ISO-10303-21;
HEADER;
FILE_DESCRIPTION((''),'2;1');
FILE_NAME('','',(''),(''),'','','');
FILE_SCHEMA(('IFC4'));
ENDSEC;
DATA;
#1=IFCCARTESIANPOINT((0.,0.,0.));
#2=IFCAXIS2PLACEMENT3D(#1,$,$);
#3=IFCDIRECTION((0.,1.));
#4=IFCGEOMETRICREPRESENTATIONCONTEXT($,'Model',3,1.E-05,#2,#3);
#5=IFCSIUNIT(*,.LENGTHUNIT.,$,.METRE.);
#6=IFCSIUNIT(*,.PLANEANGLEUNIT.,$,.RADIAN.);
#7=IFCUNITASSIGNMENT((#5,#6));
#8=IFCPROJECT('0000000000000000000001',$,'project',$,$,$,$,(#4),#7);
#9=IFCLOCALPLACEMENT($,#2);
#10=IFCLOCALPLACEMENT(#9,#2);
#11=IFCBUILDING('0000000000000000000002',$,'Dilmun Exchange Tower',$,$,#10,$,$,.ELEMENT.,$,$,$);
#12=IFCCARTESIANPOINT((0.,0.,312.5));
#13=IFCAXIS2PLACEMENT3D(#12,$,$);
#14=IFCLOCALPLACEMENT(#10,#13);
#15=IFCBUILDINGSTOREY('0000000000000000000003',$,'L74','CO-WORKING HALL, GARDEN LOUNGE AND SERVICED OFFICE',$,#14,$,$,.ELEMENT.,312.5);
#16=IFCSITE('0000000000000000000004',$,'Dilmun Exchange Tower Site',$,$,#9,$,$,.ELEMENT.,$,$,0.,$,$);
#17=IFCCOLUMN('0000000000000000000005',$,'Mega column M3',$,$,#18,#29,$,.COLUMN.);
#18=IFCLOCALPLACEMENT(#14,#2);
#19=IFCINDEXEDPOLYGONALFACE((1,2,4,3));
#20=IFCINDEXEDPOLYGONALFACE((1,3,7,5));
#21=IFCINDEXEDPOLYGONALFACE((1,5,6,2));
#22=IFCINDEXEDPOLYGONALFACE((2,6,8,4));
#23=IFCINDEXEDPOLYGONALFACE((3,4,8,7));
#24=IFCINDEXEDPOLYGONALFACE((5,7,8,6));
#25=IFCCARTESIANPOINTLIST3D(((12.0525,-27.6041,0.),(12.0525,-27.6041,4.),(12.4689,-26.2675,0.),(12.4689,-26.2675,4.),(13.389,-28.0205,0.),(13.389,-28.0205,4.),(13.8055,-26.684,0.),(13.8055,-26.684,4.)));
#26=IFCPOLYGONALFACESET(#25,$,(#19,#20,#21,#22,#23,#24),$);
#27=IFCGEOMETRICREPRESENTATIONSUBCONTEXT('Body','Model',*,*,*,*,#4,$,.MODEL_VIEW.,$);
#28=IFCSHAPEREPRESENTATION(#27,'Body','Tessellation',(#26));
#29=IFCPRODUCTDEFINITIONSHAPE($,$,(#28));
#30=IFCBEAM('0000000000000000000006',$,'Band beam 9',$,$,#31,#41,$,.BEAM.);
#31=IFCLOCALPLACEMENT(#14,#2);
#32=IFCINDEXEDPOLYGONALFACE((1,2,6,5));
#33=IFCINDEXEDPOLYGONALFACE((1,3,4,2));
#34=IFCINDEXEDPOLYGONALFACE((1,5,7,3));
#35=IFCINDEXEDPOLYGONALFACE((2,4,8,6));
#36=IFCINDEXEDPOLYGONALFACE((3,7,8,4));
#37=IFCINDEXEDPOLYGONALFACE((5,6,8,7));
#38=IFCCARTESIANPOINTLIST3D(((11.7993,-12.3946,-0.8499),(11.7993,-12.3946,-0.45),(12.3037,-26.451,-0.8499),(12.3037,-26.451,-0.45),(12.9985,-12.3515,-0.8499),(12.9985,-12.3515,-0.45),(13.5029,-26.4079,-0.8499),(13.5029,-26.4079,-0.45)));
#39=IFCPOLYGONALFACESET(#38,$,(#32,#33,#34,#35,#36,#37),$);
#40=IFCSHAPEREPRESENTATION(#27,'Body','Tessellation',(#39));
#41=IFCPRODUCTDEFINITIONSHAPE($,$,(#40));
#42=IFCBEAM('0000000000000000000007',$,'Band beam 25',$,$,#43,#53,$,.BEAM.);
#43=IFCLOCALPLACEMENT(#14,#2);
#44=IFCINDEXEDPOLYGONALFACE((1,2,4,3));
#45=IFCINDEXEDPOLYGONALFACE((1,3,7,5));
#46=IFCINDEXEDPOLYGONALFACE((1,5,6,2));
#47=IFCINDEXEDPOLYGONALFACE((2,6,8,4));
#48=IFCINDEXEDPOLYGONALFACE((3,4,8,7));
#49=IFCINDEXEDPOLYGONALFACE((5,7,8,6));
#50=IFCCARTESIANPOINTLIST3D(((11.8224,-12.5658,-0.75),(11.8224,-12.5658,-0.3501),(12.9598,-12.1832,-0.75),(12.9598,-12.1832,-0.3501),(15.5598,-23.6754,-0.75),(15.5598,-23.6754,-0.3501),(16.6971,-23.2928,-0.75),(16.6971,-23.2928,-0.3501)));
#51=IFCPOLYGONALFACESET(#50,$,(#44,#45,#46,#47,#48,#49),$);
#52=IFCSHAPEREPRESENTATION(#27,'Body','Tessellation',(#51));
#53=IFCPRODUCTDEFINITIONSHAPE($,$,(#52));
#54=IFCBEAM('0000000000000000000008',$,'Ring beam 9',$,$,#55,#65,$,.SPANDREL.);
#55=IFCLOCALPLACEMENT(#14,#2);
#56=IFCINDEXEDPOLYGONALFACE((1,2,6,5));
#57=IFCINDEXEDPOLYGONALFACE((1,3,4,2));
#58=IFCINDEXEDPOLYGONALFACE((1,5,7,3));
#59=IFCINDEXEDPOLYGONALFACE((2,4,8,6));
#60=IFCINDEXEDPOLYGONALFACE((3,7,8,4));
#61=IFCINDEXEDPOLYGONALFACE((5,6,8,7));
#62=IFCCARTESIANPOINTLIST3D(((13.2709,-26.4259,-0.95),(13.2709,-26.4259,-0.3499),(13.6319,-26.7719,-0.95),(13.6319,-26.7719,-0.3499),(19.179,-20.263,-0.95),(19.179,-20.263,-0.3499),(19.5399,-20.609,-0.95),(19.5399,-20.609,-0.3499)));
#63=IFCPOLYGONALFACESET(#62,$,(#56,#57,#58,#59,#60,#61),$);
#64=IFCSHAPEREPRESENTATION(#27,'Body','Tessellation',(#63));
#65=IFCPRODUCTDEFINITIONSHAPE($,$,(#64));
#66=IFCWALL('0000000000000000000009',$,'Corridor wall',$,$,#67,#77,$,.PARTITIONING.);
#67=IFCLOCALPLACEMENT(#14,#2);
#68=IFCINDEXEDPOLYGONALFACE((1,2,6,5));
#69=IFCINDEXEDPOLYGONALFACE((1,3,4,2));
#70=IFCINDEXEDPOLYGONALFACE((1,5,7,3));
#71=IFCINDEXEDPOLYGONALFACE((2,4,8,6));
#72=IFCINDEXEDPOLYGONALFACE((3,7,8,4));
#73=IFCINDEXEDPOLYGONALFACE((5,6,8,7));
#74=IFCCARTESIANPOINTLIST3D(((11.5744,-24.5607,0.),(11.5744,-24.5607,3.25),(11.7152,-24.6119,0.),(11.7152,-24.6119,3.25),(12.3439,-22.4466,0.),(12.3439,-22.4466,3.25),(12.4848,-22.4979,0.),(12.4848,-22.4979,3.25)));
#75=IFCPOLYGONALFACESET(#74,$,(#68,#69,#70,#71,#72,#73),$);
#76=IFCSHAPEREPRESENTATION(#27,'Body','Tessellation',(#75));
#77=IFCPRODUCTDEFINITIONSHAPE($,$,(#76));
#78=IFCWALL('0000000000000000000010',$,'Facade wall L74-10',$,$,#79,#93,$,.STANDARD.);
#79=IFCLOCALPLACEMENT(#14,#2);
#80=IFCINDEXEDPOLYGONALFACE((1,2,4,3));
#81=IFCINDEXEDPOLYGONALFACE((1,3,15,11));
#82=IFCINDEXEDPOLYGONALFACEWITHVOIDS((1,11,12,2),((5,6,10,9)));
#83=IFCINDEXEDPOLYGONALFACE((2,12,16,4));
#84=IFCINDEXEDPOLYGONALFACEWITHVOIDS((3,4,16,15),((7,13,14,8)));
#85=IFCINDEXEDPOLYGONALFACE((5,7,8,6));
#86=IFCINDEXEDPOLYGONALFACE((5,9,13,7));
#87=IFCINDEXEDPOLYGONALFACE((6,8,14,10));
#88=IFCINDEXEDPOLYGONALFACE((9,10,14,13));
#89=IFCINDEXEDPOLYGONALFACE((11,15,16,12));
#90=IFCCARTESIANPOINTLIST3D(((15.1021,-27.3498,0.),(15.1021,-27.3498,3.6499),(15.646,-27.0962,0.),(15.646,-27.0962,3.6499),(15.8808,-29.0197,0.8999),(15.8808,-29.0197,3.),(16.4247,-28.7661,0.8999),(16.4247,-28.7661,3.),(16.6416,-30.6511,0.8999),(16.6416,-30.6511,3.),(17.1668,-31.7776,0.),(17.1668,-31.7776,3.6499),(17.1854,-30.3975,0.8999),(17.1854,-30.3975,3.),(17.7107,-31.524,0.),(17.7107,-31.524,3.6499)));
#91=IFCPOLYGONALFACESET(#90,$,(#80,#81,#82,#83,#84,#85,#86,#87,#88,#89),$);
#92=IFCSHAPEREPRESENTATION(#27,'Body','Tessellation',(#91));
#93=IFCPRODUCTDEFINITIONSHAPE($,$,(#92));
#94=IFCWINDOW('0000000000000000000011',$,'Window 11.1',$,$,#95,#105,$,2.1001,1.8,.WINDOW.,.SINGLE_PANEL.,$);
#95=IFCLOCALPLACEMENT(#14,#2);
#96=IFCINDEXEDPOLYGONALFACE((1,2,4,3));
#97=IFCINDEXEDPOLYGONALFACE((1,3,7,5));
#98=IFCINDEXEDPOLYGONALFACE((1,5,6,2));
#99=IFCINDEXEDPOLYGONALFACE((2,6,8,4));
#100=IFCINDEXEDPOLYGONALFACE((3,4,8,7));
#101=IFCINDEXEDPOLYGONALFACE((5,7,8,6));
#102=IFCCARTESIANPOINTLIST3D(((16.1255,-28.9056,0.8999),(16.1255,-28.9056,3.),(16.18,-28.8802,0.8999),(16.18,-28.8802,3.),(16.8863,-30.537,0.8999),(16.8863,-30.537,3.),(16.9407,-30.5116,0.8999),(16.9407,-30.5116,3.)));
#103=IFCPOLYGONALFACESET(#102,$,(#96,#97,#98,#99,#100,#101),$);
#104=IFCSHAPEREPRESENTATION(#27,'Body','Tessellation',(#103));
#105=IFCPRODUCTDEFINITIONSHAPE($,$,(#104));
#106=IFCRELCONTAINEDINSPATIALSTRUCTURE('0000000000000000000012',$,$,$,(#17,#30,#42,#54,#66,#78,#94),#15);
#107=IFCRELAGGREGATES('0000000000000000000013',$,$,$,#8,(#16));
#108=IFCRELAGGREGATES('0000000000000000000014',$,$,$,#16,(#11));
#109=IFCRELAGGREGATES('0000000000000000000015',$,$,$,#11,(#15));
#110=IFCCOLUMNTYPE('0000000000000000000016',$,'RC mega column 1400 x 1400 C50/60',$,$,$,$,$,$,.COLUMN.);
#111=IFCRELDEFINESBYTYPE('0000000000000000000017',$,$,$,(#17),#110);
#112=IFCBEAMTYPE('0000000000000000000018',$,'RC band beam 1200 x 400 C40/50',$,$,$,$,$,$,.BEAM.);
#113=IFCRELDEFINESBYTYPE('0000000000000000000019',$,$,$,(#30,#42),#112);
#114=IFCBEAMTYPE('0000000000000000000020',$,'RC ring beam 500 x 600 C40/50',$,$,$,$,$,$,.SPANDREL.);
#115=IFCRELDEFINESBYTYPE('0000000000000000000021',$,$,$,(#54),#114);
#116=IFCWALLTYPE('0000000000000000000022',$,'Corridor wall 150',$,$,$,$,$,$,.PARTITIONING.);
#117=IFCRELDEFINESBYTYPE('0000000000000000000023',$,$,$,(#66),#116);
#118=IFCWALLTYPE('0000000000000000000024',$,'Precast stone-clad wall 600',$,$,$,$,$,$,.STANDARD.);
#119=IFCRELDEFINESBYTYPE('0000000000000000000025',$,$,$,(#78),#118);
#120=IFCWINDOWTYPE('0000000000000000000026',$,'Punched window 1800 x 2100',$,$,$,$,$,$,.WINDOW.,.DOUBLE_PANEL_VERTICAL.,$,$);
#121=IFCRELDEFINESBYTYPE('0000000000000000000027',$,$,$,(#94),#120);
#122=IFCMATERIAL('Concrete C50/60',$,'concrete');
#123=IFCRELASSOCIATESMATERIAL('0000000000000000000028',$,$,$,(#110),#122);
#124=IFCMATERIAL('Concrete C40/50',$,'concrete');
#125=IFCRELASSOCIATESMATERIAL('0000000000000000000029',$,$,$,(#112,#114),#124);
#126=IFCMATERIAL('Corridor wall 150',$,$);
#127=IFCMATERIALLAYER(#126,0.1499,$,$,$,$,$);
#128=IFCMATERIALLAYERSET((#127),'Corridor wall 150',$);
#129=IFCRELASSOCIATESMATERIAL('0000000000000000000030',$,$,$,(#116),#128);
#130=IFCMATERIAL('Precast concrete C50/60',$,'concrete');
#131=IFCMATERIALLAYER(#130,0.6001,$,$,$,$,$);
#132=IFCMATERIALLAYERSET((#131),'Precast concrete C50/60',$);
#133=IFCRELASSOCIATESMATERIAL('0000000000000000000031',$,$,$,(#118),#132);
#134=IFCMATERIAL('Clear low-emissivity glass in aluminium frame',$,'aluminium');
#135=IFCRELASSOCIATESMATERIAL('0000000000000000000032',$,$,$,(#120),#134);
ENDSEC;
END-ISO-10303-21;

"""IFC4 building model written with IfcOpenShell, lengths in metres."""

from ifc_helpers import new_model, si_unit, direction, frame, frame_2d, origin, origin_2d, place, context, subcontext, project, spatial, rectangle, extrude, material, layer, layer_set, material_profile, profile_set, type_object, element, fill, save


model = new_model("IFC4")

# Units and contexts
model_context = context("Model", 3, precision=1e-05, world=origin(), true_north=direction((0.0, 1.0)))
body_context = subcontext(model_context, "Body", "Model", "MODEL_VIEW")
ifc_project = project(units=[si_unit("LENGTHUNIT", "METRE"), si_unit("PLANEANGLEUNIT", "RADIAN")], contexts=[model_context])

# Site, building, storey
site_placement = place(None, origin())
site = spatial("IfcSite", under=ifc_project, at=site_placement, Name="Dilmun Exchange Tower Site", CompositionType="ELEMENT", RefElevation=0.0)
building_placement = place(site_placement, origin())
building = spatial("IfcBuilding", under=site, at=building_placement, Name="Dilmun Exchange Tower", CompositionType="ELEMENT")
storey_placement = place(building_placement, frame((0.0, 0.0, 312.5)))
storey = spatial("IfcBuildingStorey", under=building, at=storey_placement, Name="L74", Description="CO-WORKING HALL, GARDEN LOUNGE AND SERVICED OFFICE", CompositionType="ELEMENT", Elevation=312.5)

# Column
ifc_material_1 = material(Name="Concrete C50/60", Category="concrete")
ifc_material_profile_1 = material_profile(ifc_material_1, rectangle(XDim=1.3999, YDim=1.3999, at=origin_2d()), Name="1400 x 1400")
ifc_profile_set_1 = profile_set([ifc_material_profile_1], Name="Concrete C50/60")
column_type = type_object("IfcColumnType", Name="RC mega column 1400 x 1400 C50/60", PredefinedType="COLUMN", material=ifc_profile_set_1)
column_placement = place(storey_placement, frame((12.929, -27.144, 0.0), z_axis=(0.0, 0.0, 1.0), x_axis=(0.297503, 0.954721, 0.0)))
element("IfcColumn", 1, at=column_placement, inside=storey, type_object=column_type, Name="Mega column M3", PredefinedType="COLUMN", context=body_context, shape_type="SweptSolid", body=[
    extrude(rectangle(XDim=1.3999, YDim=1.3999, at=origin_2d()), origin(), (0.0, 0.0, 1.0), 4.0),
])

# Beams
ifc_material_2 = material(Name="Concrete C40/50", Category="concrete")
ifc_material_profile_2 = material_profile(ifc_material_2, rectangle(XDim=1.2, YDim=0.3999, at=origin_2d()), Name="1200 x 400")
ifc_profile_set_2 = profile_set([ifc_material_profile_2], Name="Concrete C40/50")
beam_type_1 = type_object("IfcBeamType", Name="RC band beam 1200 x 400 C40/50", PredefinedType="BEAM", material=ifc_profile_set_2)
beam_1_placement = place(storey_placement, frame((12.9033, -26.4294, -0.6499), z_axis=(-0.035861, 0.999357, 0.0), x_axis=(-0.999357, -0.035861, 0.0)))
element("IfcBeam", 2, at=beam_1_placement, inside=storey, type_object=beam_type_1, Name="Band beam 9", PredefinedType="BEAM", context=body_context, shape_type="SweptSolid", body=[
    extrude(rectangle(XDim=1.2, YDim=0.3999, at=origin_2d()), origin(), (0.0, 0.0, 1.0), 14.0654),
])
beam_2_placement = place(storey_placement, frame((16.1284, -23.4841, -0.55), z_axis=(-0.318845, 0.947807, 0.0), x_axis=(-0.947807, -0.318845, 0.0)))
element("IfcBeam", 3, at=beam_2_placement, inside=storey, type_object=beam_type_1, Name="Band beam 25", PredefinedType="BEAM", context=body_context, shape_type="SweptSolid", body=[
    extrude(rectangle(XDim=1.2, YDim=0.3999, at=origin_2d()), origin(), (0.0, 0.0, 1.0), 11.7214),
])
ifc_material_profile_3 = material_profile(ifc_material_2, rectangle(XDim=0.5, YDim=0.6001, at=origin_2d()), Name="500 x 600")
ifc_profile_set_3 = profile_set([ifc_material_profile_3], Name="Concrete C40/50")
beam_type_2 = type_object("IfcBeamType", Name="RC ring beam 500 x 600 C40/50", PredefinedType="SPANDREL", material=ifc_profile_set_3)
beam_3_placement = place(storey_placement, frame((13.4514, -26.5989, -0.6499), z_axis=(0.692022, 0.721877, 0.0), x_axis=(-0.721877, 0.692022, 0.0)))
element("IfcBeam", 4, at=beam_3_placement, inside=storey, type_object=beam_type_2, Name="Ring beam 9", PredefinedType="SPANDREL", context=body_context, shape_type="SweptSolid", body=[
    extrude(rectangle(XDim=0.5, YDim=0.6001, at=origin_2d()), origin(), (0.0, 0.0, 1.0), 8.5374),
])

# Wall
ifc_material_3 = material(Name="Corridor wall 150")
ifc_layer_1 = layer(ifc_material_3, 0.1499)
ifc_layer_set_1 = layer_set([ifc_layer_1], Name="Corridor wall 150")
wall_type_1 = type_object("IfcWallType", Name="Corridor wall 150", PredefinedType="PARTITIONING", material=ifc_layer_set_1)
wall_1_placement = place(storey_placement, frame((11.6448, -24.5864, 0.0), z_axis=(0.0, 0.0, 1.0), x_axis=(0.342057, 0.939679, 0.0)))
element("IfcWall", 5, at=wall_1_placement, inside=storey, type_object=wall_type_1, Name="Corridor wall", PredefinedType="PARTITIONING", context=body_context, shape_type="SweptSolid", body=[
    extrude(rectangle(XDim=2.2498, YDim=0.1499, at=frame_2d((1.125, 0.0))), origin(), (0.0, 0.0, 1.0), 3.25),
])

# Wall, opening, window
ifc_material_4 = material(Name="Precast concrete C50/60", Category="concrete")
ifc_layer_2 = layer(ifc_material_4, 0.6001)
ifc_layer_set_2 = layer_set([ifc_layer_2], Name="Precast concrete C50/60")
wall_type_2 = type_object("IfcWallType", Name="Precast stone-clad wall 600", PredefinedType="STANDARD", material=ifc_layer_set_2)
wall_2_placement = place(storey_placement, frame((15.374, -27.2229, 0.0), z_axis=(0.0, 0.0, 1.0), x_axis=(0.42262, -0.906307, 0.0)))
wall_2 = element("IfcWall", 6, at=wall_2_placement, inside=storey, type_object=wall_type_2, Name="Facade wall L74-10", PredefinedType="STANDARD", context=body_context, shape_type="SweptSolid", body=[
    extrude(rectangle(XDim=4.8855, YDim=0.6001, at=frame_2d((2.4429, 0.0))), origin(), (0.0, 0.0, 1.0), 3.6499),
])
opening_1_placement = place(wall_2_placement, frame((1.8428, 0.0, 0.8999)))
opening_1 = element("IfcOpeningElement", 7, at=opening_1_placement, cuts=wall_2, PredefinedType="OPENING", context=body_context, shape_type="SweptSolid", body=[
    extrude(rectangle(XDim=1.8, YDim=2.1001, at=frame_2d((0.8999, 1.05))), frame((0.0, 0.3101, 0.0), z_axis=(0.0, -1.0, 0.0), x_axis=(1.0, 0.0, 0.0)), (0.0, 0.0, 1.0), 0.6201),
])
ifc_material_5 = material(Name="Clear low-emissivity glass in aluminium frame", Category="aluminium")
window_type_1 = type_object("IfcWindowType", Name="Punched window 1800 x 2100", PartitioningType="DOUBLE_PANEL_VERTICAL", PredefinedType="WINDOW", material=ifc_material_5)
window_1_placement = place(opening_1_placement, origin())
window_1 = element("IfcWindow", 8, at=window_1_placement, inside=storey, type_object=window_type_1, Name="Window 11.1", OverallHeight=2.1001, OverallWidth=1.8, PartitioningType="SINGLE_PANEL", PredefinedType="WINDOW", context=body_context, shape_type="SweptSolid", body=[
    extrude(rectangle(XDim=1.8, YDim=2.1001, at=frame_2d((0.8999, 1.05))), frame((0.0, 0.03, 0.0), z_axis=(0.0, -1.0, 0.0), x_axis=(1.0, 0.0, 0.0)), (0.0, 0.0, 1.0), 0.0601),
])
fill(opening_1, window_1)

save(model, "model.ifc")
